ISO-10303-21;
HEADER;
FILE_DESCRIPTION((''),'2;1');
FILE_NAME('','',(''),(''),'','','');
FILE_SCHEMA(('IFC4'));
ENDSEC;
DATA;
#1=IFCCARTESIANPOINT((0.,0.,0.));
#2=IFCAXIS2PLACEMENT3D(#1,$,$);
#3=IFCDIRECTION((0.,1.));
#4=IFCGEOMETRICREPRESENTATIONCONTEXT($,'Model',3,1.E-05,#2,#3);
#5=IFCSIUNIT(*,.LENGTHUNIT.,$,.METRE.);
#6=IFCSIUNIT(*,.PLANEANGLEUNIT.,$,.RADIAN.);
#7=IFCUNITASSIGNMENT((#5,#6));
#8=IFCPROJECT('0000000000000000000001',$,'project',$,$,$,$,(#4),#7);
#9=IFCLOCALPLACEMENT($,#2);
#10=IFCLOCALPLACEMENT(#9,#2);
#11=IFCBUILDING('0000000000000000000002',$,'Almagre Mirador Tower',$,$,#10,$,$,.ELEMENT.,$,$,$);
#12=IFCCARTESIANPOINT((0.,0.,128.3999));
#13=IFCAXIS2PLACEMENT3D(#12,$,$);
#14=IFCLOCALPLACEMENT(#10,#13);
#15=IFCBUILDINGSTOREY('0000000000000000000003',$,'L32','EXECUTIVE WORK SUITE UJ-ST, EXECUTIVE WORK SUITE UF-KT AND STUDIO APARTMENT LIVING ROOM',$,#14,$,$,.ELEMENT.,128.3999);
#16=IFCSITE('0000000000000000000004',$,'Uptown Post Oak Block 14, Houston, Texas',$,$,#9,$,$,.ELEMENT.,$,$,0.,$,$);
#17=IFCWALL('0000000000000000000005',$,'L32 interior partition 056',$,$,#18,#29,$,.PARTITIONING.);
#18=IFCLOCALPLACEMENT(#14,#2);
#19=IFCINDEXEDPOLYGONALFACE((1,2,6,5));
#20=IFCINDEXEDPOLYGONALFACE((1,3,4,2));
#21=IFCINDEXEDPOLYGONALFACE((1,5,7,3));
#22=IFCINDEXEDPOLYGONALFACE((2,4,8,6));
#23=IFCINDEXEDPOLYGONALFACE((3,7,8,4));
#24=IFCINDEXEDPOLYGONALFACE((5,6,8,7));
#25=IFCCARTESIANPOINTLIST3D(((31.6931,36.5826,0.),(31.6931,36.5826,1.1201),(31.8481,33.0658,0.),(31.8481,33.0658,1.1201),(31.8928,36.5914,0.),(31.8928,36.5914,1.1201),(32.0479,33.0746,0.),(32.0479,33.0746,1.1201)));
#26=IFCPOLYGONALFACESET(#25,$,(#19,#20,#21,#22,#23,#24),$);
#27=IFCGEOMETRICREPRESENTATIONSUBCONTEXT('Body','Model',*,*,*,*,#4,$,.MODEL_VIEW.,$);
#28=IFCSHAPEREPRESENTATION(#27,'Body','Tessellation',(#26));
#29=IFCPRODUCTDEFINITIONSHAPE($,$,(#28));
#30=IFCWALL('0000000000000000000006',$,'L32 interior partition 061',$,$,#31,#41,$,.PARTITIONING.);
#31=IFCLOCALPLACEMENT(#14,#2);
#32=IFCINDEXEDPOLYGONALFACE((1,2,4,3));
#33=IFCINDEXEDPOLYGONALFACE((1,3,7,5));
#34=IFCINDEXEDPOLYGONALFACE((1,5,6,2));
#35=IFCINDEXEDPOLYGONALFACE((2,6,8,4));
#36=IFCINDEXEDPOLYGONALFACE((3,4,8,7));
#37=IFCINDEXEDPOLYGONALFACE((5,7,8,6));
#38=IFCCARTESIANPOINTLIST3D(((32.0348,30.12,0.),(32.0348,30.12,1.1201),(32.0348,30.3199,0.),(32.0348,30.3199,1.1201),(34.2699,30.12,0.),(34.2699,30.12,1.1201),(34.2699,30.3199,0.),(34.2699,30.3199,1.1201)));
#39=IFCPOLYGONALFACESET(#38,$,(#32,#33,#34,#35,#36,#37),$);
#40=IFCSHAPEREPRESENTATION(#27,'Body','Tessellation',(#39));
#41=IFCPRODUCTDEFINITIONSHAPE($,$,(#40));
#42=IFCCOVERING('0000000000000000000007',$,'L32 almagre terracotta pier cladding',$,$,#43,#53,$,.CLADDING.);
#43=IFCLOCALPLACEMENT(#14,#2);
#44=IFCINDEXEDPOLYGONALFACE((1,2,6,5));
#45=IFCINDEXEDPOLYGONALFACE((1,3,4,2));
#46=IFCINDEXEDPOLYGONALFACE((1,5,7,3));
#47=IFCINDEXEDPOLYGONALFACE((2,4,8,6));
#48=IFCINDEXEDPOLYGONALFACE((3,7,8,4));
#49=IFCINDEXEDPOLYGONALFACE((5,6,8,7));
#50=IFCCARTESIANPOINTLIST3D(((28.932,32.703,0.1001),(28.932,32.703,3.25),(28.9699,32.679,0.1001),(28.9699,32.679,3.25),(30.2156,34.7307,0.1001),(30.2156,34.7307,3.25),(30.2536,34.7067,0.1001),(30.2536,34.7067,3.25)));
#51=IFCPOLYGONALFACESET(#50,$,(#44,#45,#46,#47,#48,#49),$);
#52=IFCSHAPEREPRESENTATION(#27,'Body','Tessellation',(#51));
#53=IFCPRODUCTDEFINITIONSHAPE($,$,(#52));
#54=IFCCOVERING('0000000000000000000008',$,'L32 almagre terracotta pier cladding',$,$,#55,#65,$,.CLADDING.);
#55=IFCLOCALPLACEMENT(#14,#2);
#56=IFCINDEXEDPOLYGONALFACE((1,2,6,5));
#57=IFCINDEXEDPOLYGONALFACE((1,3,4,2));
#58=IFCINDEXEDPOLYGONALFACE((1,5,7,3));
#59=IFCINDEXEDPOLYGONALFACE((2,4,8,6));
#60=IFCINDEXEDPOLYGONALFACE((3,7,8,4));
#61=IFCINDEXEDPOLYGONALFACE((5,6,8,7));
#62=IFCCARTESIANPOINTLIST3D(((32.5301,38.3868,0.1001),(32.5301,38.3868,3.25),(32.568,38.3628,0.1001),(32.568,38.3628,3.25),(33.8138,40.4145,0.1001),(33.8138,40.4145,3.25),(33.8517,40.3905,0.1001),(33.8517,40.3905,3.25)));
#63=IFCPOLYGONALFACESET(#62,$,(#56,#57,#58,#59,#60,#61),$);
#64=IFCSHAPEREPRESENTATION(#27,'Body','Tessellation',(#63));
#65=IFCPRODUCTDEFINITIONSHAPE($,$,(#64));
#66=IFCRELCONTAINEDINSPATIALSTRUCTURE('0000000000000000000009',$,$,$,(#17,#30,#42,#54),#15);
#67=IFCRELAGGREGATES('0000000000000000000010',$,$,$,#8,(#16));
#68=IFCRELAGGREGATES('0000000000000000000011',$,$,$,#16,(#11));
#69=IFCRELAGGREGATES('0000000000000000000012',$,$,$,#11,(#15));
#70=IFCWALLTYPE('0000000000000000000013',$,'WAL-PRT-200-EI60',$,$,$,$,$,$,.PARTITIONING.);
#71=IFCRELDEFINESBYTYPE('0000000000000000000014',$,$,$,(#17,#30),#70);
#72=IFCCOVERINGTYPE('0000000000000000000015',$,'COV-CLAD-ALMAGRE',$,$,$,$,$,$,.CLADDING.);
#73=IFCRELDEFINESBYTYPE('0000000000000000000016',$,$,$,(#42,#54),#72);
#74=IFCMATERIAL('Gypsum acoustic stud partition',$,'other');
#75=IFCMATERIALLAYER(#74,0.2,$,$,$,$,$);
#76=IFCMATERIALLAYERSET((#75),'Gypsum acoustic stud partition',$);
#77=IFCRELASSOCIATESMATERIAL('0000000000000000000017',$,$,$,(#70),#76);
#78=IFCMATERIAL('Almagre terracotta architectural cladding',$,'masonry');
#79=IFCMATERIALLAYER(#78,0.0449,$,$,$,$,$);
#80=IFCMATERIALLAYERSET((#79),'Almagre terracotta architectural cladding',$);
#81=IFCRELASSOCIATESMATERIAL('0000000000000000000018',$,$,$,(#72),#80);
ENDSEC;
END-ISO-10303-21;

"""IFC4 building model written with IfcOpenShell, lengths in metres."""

from ifc_helpers import new_model, si_unit, direction, frame, frame_2d, origin, origin_2d, place, context, subcontext, project, spatial, rectangle, extrude, material, layer, layer_set, type_object, element, save


model = new_model("IFC4")

# Units and contexts
model_context = context("Model", 3, precision=1e-05, world=origin(), true_north=direction((0.0, 1.0)))
body_context = subcontext(model_context, "Body", "Model", "MODEL_VIEW")
ifc_project = project(units=[si_unit("LENGTHUNIT", "METRE"), si_unit("PLANEANGLEUNIT", "RADIAN")], contexts=[model_context])

# Site, building, storey
site_placement = place(None, origin())
site = spatial("IfcSite", under=ifc_project, at=site_placement, Name="Uptown Post Oak Block 14, Houston, Texas", CompositionType="ELEMENT", RefElevation=0.0)
building_placement = place(site_placement, origin())
building = spatial("IfcBuilding", under=site, at=building_placement, Name="Almagre Mirador Tower", CompositionType="ELEMENT")
storey_placement = place(building_placement, frame((0.0, 0.0, 128.3999)))
storey = spatial("IfcBuildingStorey", under=building, at=storey_placement, Name="L32", Description="EXECUTIVE WORK SUITE UJ-ST, EXECUTIVE WORK SUITE UF-KT AND STUDIO APARTMENT LIVING ROOM", CompositionType="ELEMENT", Elevation=128.3999)

# Walls
ifc_material_1 = material(Name="Gypsum acoustic stud partition", Category="other")
ifc_layer_1 = layer(ifc_material_1, 0.2)
ifc_layer_set_1 = layer_set([ifc_layer_1], Name="Gypsum acoustic stud partition")
wall_type_1 = type_object("IfcWallType", Name="WAL-PRT-200-EI60", PredefinedType="PARTITIONING", material=ifc_layer_set_1)
wall_1_placement = place(storey_placement, frame((31.948, 33.0701, 0.0), z_axis=(0.0, 0.0, 1.0), x_axis=(-0.044039, 0.99903, 0.0)))
element("IfcWall", 1, at=wall_1_placement, inside=storey, type_object=wall_type_1, Name="L32 interior partition 056", PredefinedType="PARTITIONING", context=body_context, shape_type="SweptSolid", body=[
    extrude(rectangle(XDim=3.5203, YDim=0.2, at=frame_2d((1.7603, 0.0))), origin(), (0.0, 0.0, 1.0), 1.1201),
])
wall_2_placement = place(storey_placement, frame((34.27, 30.22, 0.0), z_axis=(0.0, 0.0, 1.0), x_axis=(-1.0, 0.0, 0.0)))
element("IfcWall", 2, at=wall_2_placement, inside=storey, type_object=wall_type_1, Name="L32 interior partition 061", PredefinedType="PARTITIONING", context=body_context, shape_type="SweptSolid", body=[
    extrude(rectangle(XDim=2.2351, YDim=0.2, at=frame_2d((1.1177, 0.0))), origin(), (0.0, 0.0, 1.0), 1.1201),
])

# Coverings
ifc_material_2 = material(Name="Almagre terracotta architectural cladding", Category="masonry")
ifc_layer_2 = layer(ifc_material_2, 0.0449)
ifc_layer_set_2 = layer_set([ifc_layer_2], Name="Almagre terracotta architectural cladding")
covering_type = type_object("IfcCoveringType", Name="COV-CLAD-ALMAGRE", PredefinedType="CLADDING", material=ifc_layer_set_2)
for number, where, z_axis, x_axis, name in (
    (3, (29.5928, 33.7048, 0.1001), (0.0, 0.0, 1.0), (0.534883, 0.844926, 0.0), "L32 almagre terracotta pier cladding"),
    (4, (33.1909, 39.3887, 0.1001), (0.0, 0.0, 1.0), (0.534898, 0.844917, 0.0), "L32 almagre terracotta pier cladding"),
):
    element("IfcCovering", number, at=place(storey_placement, frame(where, z_axis=z_axis, x_axis=x_axis)), inside=storey, type_object=covering_type, Name=name, PredefinedType="CLADDING", context=body_context, shape_type="SweptSolid", body=[
        extrude(rectangle(XDim=2.3999, YDim=0.0449, at=origin_2d()), origin(), (0.0, 0.0, 1.0), 3.1499),
    ])

save(model, "model.ifc")
